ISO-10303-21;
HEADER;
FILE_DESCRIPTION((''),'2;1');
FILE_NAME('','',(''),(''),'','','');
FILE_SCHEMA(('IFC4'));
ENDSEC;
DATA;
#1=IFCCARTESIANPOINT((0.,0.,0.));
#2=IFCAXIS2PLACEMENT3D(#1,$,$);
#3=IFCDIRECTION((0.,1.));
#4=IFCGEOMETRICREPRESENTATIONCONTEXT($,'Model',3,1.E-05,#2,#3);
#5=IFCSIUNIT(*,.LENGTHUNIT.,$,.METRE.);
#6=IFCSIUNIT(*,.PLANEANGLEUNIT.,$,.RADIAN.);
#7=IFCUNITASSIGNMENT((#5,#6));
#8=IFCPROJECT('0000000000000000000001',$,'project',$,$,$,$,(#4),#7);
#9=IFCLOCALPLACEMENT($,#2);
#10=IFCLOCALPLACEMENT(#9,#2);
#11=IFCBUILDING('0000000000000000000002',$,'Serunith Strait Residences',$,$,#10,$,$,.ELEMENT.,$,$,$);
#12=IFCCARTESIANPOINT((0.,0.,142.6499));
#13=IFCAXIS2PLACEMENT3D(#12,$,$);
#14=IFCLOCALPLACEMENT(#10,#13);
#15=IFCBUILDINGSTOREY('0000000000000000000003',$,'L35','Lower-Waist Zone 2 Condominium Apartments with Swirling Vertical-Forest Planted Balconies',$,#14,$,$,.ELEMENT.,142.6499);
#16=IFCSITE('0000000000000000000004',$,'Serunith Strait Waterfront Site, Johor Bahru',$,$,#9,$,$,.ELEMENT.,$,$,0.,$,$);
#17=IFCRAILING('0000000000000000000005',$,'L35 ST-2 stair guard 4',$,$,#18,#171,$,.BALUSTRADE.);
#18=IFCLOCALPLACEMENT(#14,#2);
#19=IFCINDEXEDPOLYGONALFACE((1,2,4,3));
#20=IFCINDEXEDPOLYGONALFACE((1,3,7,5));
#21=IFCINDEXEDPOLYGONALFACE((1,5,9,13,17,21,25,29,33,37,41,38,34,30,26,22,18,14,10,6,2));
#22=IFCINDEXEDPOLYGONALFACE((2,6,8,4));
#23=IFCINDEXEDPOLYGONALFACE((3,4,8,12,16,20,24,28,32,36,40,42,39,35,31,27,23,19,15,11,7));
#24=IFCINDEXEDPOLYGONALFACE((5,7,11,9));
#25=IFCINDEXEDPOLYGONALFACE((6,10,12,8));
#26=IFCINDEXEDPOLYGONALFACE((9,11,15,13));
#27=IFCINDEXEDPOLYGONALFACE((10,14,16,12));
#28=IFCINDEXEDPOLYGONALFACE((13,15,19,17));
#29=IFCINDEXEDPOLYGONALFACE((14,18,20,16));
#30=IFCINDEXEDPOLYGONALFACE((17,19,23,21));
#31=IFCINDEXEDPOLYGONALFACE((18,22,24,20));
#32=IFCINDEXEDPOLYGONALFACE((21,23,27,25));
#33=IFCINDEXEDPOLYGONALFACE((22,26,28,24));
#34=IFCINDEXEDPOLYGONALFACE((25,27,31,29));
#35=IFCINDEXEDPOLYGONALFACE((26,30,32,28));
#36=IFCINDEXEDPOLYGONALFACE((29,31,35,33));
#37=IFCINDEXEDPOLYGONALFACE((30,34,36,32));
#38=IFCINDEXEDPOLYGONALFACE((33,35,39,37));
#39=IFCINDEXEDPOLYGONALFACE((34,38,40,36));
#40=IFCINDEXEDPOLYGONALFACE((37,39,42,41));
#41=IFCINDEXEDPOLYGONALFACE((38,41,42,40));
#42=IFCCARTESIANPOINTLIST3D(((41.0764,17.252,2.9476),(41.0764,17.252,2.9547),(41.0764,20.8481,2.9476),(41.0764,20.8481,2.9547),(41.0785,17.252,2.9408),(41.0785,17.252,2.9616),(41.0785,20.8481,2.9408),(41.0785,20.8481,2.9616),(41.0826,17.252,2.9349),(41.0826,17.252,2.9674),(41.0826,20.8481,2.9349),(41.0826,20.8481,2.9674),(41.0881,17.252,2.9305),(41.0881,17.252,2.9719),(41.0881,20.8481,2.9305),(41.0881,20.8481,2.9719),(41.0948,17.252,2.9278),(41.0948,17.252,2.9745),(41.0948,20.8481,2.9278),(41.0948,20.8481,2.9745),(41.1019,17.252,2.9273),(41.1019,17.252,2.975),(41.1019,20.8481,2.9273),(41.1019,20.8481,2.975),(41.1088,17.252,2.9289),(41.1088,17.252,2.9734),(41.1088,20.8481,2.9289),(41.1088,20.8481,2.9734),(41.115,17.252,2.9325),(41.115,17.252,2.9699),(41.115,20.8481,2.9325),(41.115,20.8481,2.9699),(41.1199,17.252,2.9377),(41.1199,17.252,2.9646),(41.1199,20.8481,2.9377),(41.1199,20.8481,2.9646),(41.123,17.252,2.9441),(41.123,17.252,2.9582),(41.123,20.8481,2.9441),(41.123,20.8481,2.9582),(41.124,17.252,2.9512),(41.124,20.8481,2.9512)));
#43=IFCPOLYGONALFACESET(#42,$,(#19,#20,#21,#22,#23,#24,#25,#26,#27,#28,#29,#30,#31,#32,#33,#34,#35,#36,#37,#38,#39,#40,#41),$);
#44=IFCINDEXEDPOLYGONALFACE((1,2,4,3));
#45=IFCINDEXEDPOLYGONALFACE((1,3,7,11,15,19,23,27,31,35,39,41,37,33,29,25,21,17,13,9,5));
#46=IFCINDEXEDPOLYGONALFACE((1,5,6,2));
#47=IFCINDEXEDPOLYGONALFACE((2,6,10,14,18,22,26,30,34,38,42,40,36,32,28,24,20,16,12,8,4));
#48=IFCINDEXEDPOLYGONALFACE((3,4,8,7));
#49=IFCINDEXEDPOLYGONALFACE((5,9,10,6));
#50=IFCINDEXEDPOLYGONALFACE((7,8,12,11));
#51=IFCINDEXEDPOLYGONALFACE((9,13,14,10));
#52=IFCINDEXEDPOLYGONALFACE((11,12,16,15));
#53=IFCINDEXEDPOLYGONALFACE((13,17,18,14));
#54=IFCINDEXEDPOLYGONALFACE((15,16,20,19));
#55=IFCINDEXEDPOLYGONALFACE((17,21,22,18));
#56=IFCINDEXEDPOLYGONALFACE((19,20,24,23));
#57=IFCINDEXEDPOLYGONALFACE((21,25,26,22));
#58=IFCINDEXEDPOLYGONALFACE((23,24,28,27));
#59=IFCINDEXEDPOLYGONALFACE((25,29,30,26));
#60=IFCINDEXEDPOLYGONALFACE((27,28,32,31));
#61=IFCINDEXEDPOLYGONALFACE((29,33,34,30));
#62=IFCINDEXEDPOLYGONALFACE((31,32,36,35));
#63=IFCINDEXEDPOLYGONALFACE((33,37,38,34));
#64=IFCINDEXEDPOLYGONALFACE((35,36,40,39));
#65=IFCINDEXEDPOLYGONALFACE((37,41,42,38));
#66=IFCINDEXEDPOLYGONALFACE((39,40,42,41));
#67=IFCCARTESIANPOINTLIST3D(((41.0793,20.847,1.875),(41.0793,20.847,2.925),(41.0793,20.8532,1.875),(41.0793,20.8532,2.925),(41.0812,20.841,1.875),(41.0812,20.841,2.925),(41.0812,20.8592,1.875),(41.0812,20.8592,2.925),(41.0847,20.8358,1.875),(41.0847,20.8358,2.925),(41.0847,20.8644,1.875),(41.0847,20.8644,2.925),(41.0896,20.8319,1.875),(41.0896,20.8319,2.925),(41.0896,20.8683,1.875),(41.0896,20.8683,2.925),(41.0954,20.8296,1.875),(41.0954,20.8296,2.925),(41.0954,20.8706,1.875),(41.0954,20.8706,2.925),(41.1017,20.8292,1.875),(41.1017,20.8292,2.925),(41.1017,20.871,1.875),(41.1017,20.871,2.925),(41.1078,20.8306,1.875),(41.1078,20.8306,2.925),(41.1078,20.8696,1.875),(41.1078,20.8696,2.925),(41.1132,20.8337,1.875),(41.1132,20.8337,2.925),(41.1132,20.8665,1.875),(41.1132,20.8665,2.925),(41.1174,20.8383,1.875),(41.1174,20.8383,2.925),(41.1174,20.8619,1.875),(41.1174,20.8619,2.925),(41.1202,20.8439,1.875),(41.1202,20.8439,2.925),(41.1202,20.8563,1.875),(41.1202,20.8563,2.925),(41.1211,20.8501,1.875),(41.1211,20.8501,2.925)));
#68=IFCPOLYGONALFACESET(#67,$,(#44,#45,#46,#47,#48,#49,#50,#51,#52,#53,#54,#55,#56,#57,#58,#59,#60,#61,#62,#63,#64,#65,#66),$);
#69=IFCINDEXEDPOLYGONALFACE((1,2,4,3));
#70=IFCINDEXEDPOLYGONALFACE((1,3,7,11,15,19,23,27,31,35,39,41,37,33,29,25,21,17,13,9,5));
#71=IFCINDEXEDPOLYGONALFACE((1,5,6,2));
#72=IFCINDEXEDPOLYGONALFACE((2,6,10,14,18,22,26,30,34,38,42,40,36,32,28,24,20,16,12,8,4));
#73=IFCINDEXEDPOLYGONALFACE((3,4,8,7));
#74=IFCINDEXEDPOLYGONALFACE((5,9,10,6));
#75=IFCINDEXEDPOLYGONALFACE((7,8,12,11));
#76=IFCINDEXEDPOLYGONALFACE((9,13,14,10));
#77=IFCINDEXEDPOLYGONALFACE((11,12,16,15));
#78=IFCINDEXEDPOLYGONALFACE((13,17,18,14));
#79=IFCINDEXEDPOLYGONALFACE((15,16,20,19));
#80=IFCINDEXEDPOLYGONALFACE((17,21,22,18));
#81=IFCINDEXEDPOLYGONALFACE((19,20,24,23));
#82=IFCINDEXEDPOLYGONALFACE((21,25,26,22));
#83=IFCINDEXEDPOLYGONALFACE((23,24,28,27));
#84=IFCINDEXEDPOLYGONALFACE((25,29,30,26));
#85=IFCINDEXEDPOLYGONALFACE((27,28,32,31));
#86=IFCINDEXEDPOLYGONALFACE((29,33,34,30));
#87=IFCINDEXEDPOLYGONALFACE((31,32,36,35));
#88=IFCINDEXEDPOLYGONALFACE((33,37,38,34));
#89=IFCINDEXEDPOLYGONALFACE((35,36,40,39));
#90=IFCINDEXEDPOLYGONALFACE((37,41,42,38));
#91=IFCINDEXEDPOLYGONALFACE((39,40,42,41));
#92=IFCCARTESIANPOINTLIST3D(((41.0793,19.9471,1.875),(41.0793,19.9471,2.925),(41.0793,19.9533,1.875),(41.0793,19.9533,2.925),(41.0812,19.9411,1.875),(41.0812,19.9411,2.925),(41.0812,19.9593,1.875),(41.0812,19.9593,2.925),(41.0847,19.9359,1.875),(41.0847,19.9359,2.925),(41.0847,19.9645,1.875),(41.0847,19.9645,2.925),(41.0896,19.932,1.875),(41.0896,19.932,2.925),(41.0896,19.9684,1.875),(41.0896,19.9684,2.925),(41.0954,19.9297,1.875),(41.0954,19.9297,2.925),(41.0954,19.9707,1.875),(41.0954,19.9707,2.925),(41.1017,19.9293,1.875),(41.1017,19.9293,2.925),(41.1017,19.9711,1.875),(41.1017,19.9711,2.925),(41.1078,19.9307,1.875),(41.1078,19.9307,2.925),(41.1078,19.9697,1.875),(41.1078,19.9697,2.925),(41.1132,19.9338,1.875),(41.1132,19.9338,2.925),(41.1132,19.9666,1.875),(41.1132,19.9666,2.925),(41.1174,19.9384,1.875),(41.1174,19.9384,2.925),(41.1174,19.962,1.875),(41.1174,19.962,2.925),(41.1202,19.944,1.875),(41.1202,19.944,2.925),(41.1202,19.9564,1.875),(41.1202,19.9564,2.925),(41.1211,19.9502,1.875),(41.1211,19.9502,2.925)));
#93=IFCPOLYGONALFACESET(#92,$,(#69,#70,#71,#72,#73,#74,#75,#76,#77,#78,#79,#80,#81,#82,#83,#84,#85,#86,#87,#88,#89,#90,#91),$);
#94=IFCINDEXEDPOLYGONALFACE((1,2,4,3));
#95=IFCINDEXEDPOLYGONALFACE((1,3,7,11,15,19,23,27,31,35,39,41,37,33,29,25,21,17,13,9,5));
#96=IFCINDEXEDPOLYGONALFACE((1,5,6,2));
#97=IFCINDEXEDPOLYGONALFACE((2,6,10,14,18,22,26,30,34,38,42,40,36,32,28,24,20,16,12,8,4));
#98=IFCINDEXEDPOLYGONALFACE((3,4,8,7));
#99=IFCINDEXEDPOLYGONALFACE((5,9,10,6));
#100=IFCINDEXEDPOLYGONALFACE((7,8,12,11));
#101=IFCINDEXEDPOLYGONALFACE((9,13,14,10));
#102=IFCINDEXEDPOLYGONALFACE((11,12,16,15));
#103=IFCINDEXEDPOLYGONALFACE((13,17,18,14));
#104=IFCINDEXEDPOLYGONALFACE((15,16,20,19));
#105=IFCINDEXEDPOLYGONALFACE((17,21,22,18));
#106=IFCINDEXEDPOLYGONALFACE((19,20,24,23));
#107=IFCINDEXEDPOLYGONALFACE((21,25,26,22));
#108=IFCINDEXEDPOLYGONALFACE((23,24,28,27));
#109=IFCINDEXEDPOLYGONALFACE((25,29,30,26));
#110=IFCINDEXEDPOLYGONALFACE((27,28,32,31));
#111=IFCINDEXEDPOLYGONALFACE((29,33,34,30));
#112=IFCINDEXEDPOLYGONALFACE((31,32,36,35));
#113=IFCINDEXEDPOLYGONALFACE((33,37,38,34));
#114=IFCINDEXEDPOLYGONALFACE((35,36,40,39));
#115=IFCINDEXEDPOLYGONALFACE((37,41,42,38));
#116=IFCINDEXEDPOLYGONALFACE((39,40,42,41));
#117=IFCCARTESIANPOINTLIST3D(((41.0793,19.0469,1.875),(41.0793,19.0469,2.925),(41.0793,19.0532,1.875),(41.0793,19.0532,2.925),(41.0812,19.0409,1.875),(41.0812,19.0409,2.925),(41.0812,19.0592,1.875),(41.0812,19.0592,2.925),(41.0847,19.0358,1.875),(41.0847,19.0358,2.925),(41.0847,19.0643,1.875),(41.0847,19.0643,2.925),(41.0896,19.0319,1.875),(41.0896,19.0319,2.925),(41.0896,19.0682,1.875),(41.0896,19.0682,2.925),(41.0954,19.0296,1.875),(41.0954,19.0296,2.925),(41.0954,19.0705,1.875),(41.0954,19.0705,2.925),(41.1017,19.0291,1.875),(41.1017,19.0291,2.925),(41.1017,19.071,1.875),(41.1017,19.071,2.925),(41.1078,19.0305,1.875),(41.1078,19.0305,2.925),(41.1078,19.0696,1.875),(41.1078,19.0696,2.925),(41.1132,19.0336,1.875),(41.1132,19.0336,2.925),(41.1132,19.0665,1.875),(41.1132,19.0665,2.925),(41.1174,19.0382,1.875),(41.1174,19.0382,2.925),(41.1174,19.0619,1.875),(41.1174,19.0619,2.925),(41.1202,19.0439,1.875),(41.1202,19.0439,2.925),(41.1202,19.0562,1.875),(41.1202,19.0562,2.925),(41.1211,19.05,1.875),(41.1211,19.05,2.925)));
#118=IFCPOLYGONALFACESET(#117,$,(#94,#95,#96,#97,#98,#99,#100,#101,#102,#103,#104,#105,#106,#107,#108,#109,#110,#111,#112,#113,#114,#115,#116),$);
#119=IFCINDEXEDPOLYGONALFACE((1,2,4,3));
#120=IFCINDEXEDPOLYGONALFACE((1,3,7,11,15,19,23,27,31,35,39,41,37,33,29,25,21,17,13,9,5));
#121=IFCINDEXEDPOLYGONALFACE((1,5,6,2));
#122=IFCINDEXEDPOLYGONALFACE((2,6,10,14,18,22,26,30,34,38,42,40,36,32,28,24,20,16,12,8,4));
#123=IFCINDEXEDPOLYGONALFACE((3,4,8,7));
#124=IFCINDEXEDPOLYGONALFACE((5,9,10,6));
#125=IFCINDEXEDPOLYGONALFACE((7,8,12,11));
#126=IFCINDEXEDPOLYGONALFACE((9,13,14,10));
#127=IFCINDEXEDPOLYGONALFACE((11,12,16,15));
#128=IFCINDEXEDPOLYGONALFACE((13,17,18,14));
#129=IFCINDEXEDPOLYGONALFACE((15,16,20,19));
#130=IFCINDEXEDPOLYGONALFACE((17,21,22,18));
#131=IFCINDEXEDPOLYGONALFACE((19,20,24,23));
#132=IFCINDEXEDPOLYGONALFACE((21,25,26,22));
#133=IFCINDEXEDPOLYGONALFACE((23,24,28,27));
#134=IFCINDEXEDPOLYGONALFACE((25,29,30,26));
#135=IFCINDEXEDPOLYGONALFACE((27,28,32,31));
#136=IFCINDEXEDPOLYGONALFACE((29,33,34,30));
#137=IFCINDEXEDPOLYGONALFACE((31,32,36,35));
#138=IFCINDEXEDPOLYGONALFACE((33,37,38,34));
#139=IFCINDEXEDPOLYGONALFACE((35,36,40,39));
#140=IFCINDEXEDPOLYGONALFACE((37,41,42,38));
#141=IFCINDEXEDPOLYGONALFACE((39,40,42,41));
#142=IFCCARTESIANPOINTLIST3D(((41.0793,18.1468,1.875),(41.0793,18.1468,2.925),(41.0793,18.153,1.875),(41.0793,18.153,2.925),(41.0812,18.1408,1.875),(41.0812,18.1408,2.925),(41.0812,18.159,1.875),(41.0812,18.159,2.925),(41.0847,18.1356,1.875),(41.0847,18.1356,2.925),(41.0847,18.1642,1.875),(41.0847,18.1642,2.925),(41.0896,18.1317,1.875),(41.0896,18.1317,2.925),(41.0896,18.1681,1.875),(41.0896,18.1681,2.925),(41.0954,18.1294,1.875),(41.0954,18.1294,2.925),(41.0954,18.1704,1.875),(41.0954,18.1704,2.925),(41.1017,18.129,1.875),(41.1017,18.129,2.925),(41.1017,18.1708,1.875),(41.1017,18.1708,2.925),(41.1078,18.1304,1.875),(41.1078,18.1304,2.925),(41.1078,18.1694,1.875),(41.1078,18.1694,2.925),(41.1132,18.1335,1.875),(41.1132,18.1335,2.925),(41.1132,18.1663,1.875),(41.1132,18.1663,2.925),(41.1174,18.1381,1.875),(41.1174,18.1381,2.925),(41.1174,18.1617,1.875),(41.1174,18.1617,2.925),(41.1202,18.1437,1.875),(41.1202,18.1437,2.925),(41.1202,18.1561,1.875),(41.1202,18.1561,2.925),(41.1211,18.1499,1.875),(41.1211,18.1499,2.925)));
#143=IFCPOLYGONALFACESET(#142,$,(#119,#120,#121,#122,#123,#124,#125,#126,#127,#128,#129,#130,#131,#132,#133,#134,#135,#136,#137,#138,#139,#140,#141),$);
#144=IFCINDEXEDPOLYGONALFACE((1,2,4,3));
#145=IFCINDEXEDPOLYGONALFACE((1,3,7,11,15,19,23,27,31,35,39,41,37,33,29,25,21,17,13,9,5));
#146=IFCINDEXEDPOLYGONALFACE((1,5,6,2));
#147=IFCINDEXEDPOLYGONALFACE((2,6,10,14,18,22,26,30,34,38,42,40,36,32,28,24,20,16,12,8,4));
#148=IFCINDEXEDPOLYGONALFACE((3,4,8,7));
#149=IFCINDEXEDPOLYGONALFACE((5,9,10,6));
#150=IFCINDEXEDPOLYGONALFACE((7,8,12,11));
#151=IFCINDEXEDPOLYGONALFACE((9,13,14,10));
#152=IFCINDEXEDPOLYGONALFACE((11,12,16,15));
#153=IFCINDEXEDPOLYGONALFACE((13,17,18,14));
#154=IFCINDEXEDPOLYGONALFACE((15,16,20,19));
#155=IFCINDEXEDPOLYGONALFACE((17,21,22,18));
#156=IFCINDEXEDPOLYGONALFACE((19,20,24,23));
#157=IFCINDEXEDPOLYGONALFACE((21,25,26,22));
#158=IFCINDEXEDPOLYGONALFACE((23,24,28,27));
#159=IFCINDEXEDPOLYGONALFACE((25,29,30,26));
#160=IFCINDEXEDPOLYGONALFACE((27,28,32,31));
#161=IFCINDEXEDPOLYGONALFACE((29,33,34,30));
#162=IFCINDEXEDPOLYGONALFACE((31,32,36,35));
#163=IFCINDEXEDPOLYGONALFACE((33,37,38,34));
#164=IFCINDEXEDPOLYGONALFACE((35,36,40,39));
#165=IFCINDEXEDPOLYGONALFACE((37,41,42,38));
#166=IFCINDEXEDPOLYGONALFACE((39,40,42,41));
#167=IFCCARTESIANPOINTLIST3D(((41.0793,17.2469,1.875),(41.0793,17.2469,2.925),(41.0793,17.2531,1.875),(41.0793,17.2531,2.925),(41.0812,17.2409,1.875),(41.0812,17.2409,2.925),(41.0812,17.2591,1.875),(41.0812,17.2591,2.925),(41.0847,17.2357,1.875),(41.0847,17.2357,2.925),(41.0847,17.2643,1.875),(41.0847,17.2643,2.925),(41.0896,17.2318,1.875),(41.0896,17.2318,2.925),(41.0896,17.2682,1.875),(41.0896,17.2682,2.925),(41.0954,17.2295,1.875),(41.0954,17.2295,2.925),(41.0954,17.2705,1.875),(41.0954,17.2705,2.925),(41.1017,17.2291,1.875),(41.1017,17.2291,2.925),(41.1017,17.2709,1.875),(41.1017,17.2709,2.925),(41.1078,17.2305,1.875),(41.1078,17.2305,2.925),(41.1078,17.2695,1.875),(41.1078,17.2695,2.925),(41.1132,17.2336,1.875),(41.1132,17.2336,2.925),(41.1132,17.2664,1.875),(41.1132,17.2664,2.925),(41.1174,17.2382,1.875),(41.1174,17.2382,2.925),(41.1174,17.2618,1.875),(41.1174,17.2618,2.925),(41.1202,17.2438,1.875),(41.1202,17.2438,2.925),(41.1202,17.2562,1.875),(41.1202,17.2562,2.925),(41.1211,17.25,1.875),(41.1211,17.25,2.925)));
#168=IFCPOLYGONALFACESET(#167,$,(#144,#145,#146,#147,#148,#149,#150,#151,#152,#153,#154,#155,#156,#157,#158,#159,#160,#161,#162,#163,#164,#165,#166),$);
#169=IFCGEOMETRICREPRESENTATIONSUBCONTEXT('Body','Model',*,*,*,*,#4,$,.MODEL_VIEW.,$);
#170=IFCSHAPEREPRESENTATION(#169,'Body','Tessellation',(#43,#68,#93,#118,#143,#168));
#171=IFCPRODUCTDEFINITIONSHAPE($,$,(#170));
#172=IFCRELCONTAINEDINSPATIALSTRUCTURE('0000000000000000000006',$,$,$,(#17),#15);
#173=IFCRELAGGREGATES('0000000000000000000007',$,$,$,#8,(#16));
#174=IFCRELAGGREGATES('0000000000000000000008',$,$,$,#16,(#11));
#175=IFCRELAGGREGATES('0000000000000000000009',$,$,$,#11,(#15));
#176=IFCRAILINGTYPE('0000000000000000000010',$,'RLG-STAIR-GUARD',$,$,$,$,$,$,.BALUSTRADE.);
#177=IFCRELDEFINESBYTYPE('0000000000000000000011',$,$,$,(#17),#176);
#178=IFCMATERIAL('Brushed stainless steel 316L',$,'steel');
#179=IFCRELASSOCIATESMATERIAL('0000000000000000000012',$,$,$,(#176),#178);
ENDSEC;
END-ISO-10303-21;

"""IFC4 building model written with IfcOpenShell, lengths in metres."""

from ifc_helpers import new_model, si_unit, direction, frame, origin, origin_2d, place, context, subcontext, project, spatial, circle, extrude, material, type_object, element, save


model = new_model("IFC4")

# Units and contexts
model_context = context("Model", 3, precision=1e-05, world=origin(), true_north=direction((0.0, 1.0)))
body_context = subcontext(model_context, "Body", "Model", "MODEL_VIEW")
ifc_project = project(units=[si_unit("LENGTHUNIT", "METRE"), si_unit("PLANEANGLEUNIT", "RADIAN")], contexts=[model_context])

# Site, building, storey
site_placement = place(None, origin())
site = spatial("IfcSite", under=ifc_project, at=site_placement, Name="Serunith Strait Waterfront Site, Johor Bahru", CompositionType="ELEMENT", RefElevation=0.0)
building_placement = place(site_placement, origin())
building = spatial("IfcBuilding", under=site, at=building_placement, Name="Serunith Strait Residences", CompositionType="ELEMENT")
storey_placement = place(building_placement, frame((0.0, 0.0, 142.6499)))
storey = spatial("IfcBuildingStorey", under=building, at=storey_placement, Name="L35", Description="Lower-Waist Zone 2 Condominium Apartments with Swirling Vertical-Forest Planted Balconies", CompositionType="ELEMENT", Elevation=142.6499)

# Railing
ifc_material_1 = material(Name="Brushed stainless steel 316L", Category="steel")
railing_type_1 = type_object("IfcRailingType", Name="RLG-STAIR-GUARD", PredefinedType="BALUSTRADE", material=ifc_material_1)
for number, where, name in (
    (1, (41.1001, 20.8501, 1.875), "L35 ST-2 stair guard 4"),
):
    element("IfcRailing", number, at=place(storey_placement, frame(where)), inside=storey, type_object=railing_type_1, Name=name, PredefinedType="BALUSTRADE", context=body_context, shape_type="SweptSolid", body=[
        extrude(circle(Radius=0.0239, at=origin_2d()), frame((0.0, -0.002, 1.0762), z_axis=(0.0, -1.0, 0.0), x_axis=(1.0, 0.0, 0.0)), (0.0, 0.0, 1.0), 3.5962),
        extrude(circle(Radius=0.021, at=origin_2d()), origin(), (0.0, 0.0, 1.0), 1.05),
        extrude(circle(Radius=0.021, at=origin_2d()), frame((0.0, -0.8999, 0.0)), (0.0, 0.0, 1.0), 1.05),
        extrude(circle(Radius=0.021, at=origin_2d()), frame((0.0, -1.8, 0.0)), (0.0, 0.0, 1.0), 1.05),
        extrude(circle(Radius=0.021, at=origin_2d()), frame((0.0, -2.7002, 0.0)), (0.0, 0.0, 1.0), 1.05),
        extrude(circle(Radius=0.021, at=origin_2d()), frame((0.0, -3.6001, 0.0)), (0.0, 0.0, 1.0), 1.05),
    ])

save(model, "model.ifc")
